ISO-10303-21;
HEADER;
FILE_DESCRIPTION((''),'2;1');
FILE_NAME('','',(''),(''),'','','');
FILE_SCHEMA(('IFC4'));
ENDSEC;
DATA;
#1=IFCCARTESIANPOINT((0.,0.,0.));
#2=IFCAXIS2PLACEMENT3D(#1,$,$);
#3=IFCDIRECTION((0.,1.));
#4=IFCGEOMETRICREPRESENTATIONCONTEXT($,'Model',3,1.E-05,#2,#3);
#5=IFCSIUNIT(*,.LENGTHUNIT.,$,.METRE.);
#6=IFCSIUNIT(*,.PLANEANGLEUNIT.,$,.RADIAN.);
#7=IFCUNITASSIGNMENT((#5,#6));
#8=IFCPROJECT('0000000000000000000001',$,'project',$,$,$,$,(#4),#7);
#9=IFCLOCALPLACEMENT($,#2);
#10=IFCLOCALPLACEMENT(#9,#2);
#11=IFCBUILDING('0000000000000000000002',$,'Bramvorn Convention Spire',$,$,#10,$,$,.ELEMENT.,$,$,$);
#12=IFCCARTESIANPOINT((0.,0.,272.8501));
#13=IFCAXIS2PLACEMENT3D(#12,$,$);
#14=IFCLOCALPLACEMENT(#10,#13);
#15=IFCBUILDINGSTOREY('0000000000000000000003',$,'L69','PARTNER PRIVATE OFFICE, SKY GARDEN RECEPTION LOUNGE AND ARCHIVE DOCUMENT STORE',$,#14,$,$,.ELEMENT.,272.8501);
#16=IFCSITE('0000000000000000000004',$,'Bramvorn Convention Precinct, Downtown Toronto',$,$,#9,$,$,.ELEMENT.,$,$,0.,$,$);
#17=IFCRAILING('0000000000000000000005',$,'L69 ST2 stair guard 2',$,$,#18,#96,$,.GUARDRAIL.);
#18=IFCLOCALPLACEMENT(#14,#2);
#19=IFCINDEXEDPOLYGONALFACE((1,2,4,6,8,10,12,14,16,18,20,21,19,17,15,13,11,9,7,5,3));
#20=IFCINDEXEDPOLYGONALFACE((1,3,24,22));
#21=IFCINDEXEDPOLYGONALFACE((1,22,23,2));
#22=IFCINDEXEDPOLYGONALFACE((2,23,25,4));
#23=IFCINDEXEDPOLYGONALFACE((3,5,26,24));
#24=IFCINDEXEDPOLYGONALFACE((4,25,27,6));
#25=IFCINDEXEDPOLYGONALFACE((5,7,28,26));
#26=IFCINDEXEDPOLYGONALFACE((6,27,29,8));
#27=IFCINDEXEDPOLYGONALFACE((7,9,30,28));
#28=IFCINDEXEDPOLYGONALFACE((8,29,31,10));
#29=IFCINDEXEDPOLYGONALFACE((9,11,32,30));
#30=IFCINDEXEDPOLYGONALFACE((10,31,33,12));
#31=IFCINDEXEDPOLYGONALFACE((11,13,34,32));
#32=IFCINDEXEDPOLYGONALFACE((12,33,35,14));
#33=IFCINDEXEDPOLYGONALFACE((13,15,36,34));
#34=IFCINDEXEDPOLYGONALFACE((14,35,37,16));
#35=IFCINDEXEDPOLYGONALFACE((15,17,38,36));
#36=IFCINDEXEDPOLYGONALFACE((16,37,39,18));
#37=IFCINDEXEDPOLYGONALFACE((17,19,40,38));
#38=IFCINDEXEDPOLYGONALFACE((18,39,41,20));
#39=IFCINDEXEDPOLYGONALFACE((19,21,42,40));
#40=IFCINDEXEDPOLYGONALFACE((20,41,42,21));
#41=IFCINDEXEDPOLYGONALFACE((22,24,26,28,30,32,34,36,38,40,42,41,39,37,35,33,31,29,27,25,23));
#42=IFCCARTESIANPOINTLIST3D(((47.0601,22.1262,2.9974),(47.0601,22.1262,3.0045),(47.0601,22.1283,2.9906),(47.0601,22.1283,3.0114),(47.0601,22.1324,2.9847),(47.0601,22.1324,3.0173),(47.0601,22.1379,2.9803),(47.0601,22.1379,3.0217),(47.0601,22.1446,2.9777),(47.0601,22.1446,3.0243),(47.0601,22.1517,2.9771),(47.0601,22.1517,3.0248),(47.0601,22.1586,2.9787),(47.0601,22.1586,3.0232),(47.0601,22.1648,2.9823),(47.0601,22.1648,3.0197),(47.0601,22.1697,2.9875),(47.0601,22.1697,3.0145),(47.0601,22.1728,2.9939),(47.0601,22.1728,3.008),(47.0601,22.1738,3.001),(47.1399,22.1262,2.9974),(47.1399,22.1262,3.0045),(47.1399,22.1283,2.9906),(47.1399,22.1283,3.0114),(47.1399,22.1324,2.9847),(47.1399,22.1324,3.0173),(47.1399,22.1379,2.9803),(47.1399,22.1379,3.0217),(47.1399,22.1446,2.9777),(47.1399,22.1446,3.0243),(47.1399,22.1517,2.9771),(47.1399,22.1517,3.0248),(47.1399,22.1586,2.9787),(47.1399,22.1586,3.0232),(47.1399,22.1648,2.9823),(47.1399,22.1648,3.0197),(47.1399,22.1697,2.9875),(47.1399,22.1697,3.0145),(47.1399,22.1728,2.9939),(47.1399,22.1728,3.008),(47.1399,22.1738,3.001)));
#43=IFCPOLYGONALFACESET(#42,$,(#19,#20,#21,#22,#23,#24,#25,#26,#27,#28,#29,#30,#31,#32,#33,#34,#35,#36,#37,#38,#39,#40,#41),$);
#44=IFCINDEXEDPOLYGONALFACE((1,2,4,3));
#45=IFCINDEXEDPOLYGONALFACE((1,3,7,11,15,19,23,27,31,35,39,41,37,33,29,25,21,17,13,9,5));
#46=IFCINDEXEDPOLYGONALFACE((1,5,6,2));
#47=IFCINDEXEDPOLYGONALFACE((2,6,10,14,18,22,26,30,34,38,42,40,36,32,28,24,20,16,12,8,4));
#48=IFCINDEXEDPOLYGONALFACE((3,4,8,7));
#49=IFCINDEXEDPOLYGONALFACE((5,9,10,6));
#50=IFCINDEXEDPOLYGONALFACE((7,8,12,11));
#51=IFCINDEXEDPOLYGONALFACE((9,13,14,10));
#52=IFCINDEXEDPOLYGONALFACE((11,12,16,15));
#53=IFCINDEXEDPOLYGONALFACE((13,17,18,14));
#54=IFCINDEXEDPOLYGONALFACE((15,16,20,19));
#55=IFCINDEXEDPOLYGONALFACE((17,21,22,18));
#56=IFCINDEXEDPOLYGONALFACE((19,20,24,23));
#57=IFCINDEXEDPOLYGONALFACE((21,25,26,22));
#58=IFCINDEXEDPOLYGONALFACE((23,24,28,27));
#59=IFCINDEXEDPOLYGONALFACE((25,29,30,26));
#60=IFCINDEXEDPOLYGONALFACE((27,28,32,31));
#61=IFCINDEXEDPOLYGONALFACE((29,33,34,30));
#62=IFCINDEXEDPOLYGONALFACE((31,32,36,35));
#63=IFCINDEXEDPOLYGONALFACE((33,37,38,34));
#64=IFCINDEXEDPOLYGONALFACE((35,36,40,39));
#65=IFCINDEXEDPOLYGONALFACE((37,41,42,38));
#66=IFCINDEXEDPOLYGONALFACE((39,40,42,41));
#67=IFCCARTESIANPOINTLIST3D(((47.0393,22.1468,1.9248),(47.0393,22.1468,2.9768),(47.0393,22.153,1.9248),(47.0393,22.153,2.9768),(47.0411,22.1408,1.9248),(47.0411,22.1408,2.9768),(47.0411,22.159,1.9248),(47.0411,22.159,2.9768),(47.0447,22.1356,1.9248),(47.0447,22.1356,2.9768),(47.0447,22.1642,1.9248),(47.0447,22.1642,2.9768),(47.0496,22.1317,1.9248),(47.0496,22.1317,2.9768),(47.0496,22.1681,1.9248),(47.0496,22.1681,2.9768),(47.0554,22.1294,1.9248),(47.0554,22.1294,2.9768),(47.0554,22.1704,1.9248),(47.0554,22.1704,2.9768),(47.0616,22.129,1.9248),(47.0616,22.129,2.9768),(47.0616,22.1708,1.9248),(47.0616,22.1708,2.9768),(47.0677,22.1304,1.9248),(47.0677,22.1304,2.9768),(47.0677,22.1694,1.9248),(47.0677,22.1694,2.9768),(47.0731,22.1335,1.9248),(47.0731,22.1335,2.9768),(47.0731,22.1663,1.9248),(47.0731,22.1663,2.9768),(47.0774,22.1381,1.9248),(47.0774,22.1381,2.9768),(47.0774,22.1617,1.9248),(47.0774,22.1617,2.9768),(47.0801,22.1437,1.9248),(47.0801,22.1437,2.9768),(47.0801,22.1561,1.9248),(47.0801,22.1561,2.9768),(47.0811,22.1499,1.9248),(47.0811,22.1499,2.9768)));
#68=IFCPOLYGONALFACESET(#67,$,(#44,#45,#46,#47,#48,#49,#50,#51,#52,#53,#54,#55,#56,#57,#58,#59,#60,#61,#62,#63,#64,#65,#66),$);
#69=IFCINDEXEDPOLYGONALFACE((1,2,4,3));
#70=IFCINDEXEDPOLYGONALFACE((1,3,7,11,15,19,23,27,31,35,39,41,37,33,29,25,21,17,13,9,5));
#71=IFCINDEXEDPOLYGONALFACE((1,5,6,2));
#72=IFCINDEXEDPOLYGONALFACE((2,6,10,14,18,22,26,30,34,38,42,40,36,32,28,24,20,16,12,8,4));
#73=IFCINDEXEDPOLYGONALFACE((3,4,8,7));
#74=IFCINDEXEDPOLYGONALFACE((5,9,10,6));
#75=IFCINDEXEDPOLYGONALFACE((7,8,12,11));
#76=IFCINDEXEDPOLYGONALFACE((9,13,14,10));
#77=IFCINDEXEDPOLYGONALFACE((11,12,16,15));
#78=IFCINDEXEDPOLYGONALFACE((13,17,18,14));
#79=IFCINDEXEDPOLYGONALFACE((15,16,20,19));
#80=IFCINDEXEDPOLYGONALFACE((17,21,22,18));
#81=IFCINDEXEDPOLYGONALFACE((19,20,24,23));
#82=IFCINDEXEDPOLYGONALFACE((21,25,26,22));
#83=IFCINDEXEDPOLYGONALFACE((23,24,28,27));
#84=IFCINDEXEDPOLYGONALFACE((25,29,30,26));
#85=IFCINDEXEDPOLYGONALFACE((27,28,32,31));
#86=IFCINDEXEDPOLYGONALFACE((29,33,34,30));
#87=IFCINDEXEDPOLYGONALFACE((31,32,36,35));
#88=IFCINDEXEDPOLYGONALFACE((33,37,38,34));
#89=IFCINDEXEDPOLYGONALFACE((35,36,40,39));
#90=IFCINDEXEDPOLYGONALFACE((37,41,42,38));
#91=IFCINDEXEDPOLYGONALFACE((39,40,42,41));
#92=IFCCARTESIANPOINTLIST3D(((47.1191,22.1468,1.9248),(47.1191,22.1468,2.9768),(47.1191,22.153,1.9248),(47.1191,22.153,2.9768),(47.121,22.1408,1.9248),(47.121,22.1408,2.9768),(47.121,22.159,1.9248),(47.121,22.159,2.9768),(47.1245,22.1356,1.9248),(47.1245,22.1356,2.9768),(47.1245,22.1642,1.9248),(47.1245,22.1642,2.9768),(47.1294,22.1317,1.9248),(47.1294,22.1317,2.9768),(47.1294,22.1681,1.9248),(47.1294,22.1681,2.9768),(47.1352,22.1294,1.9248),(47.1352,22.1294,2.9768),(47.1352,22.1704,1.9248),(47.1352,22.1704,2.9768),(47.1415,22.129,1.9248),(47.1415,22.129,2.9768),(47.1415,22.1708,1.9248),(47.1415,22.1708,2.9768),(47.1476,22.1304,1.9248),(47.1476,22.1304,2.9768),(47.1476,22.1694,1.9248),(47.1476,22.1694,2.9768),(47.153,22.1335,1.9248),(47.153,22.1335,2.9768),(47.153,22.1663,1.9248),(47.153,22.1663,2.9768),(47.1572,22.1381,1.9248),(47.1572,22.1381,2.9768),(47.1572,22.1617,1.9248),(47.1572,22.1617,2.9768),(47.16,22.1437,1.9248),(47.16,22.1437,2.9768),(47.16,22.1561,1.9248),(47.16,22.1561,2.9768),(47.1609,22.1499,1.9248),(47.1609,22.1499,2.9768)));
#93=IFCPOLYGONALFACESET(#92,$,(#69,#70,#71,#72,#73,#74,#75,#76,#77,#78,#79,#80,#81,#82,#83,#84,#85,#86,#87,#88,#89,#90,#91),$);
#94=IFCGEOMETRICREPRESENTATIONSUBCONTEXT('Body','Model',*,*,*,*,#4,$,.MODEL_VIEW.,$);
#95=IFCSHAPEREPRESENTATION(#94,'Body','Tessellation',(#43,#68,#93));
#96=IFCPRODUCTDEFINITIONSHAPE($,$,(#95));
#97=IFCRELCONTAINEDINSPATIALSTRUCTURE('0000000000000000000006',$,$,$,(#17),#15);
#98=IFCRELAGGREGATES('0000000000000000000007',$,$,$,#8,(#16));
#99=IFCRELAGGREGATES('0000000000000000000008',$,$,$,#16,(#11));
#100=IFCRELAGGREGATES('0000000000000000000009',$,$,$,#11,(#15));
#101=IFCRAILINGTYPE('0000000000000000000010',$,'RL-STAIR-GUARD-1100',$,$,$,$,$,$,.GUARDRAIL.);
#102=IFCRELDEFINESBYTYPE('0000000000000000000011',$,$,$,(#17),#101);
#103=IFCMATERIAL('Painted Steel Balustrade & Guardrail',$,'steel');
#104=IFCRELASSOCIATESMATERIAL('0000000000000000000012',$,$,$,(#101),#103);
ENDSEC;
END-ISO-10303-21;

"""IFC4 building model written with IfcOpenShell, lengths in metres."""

from ifc_helpers import new_model, si_unit, direction, frame, origin, origin_2d, place, context, subcontext, project, spatial, circle, extrude, material, type_object, element, save


model = new_model("IFC4")

# Units and contexts
model_context = context("Model", 3, precision=1e-05, world=origin(), true_north=direction((0.0, 1.0)))
body_context = subcontext(model_context, "Body", "Model", "MODEL_VIEW")
ifc_project = project(units=[si_unit("LENGTHUNIT", "METRE"), si_unit("PLANEANGLEUNIT", "RADIAN")], contexts=[model_context])

# Site, building, storey
site_placement = place(None, origin())
site = spatial("IfcSite", under=ifc_project, at=site_placement, Name="Bramvorn Convention Precinct, Downtown Toronto", CompositionType="ELEMENT", RefElevation=0.0)
building_placement = place(site_placement, origin())
building = spatial("IfcBuilding", under=site, at=building_placement, Name="Bramvorn Convention Spire", CompositionType="ELEMENT")
storey_placement = place(building_placement, frame((0.0, 0.0, 272.8501)))
storey = spatial("IfcBuildingStorey", under=building, at=storey_placement, Name="L69", Description="PARTNER PRIVATE OFFICE, SKY GARDEN RECEPTION LOUNGE AND ARCHIVE DOCUMENT STORE", CompositionType="ELEMENT", Elevation=272.8501)

# Railing
ifc_material_1 = material(Name="Painted Steel Balustrade & Guardrail", Category="steel")
railing_type_1 = type_object("IfcRailingType", Name="RL-STAIR-GUARD-1100", PredefinedType="GUARDRAIL", material=ifc_material_1)
railing_1_placement = place(storey_placement, frame((47.0601, 22.1499, 1.9248)))
element("IfcRailing", 1, at=railing_1_placement, inside=storey, type_object=railing_type_1, Name="L69 ST2 stair guard 2", PredefinedType="GUARDRAIL", context=body_context, shape_type="SweptSolid", body=[
    extrude(circle(Radius=0.0239, at=origin_2d()), frame((0.0, 0.0, 1.0762), z_axis=(1.0, 0.0, 0.0), x_axis=(0.0, 1.0, 0.0)), (0.0, 0.0, 1.0), 0.0798),
    extrude(circle(Radius=0.021, at=origin_2d()), origin(), (0.0, 0.0, 1.0), 1.052),
    extrude(circle(Radius=0.021, at=origin_2d()), frame((0.0798, 0.0, 0.0)), (0.0, 0.0, 1.0), 1.052),
])

save(model, "model.ifc")
